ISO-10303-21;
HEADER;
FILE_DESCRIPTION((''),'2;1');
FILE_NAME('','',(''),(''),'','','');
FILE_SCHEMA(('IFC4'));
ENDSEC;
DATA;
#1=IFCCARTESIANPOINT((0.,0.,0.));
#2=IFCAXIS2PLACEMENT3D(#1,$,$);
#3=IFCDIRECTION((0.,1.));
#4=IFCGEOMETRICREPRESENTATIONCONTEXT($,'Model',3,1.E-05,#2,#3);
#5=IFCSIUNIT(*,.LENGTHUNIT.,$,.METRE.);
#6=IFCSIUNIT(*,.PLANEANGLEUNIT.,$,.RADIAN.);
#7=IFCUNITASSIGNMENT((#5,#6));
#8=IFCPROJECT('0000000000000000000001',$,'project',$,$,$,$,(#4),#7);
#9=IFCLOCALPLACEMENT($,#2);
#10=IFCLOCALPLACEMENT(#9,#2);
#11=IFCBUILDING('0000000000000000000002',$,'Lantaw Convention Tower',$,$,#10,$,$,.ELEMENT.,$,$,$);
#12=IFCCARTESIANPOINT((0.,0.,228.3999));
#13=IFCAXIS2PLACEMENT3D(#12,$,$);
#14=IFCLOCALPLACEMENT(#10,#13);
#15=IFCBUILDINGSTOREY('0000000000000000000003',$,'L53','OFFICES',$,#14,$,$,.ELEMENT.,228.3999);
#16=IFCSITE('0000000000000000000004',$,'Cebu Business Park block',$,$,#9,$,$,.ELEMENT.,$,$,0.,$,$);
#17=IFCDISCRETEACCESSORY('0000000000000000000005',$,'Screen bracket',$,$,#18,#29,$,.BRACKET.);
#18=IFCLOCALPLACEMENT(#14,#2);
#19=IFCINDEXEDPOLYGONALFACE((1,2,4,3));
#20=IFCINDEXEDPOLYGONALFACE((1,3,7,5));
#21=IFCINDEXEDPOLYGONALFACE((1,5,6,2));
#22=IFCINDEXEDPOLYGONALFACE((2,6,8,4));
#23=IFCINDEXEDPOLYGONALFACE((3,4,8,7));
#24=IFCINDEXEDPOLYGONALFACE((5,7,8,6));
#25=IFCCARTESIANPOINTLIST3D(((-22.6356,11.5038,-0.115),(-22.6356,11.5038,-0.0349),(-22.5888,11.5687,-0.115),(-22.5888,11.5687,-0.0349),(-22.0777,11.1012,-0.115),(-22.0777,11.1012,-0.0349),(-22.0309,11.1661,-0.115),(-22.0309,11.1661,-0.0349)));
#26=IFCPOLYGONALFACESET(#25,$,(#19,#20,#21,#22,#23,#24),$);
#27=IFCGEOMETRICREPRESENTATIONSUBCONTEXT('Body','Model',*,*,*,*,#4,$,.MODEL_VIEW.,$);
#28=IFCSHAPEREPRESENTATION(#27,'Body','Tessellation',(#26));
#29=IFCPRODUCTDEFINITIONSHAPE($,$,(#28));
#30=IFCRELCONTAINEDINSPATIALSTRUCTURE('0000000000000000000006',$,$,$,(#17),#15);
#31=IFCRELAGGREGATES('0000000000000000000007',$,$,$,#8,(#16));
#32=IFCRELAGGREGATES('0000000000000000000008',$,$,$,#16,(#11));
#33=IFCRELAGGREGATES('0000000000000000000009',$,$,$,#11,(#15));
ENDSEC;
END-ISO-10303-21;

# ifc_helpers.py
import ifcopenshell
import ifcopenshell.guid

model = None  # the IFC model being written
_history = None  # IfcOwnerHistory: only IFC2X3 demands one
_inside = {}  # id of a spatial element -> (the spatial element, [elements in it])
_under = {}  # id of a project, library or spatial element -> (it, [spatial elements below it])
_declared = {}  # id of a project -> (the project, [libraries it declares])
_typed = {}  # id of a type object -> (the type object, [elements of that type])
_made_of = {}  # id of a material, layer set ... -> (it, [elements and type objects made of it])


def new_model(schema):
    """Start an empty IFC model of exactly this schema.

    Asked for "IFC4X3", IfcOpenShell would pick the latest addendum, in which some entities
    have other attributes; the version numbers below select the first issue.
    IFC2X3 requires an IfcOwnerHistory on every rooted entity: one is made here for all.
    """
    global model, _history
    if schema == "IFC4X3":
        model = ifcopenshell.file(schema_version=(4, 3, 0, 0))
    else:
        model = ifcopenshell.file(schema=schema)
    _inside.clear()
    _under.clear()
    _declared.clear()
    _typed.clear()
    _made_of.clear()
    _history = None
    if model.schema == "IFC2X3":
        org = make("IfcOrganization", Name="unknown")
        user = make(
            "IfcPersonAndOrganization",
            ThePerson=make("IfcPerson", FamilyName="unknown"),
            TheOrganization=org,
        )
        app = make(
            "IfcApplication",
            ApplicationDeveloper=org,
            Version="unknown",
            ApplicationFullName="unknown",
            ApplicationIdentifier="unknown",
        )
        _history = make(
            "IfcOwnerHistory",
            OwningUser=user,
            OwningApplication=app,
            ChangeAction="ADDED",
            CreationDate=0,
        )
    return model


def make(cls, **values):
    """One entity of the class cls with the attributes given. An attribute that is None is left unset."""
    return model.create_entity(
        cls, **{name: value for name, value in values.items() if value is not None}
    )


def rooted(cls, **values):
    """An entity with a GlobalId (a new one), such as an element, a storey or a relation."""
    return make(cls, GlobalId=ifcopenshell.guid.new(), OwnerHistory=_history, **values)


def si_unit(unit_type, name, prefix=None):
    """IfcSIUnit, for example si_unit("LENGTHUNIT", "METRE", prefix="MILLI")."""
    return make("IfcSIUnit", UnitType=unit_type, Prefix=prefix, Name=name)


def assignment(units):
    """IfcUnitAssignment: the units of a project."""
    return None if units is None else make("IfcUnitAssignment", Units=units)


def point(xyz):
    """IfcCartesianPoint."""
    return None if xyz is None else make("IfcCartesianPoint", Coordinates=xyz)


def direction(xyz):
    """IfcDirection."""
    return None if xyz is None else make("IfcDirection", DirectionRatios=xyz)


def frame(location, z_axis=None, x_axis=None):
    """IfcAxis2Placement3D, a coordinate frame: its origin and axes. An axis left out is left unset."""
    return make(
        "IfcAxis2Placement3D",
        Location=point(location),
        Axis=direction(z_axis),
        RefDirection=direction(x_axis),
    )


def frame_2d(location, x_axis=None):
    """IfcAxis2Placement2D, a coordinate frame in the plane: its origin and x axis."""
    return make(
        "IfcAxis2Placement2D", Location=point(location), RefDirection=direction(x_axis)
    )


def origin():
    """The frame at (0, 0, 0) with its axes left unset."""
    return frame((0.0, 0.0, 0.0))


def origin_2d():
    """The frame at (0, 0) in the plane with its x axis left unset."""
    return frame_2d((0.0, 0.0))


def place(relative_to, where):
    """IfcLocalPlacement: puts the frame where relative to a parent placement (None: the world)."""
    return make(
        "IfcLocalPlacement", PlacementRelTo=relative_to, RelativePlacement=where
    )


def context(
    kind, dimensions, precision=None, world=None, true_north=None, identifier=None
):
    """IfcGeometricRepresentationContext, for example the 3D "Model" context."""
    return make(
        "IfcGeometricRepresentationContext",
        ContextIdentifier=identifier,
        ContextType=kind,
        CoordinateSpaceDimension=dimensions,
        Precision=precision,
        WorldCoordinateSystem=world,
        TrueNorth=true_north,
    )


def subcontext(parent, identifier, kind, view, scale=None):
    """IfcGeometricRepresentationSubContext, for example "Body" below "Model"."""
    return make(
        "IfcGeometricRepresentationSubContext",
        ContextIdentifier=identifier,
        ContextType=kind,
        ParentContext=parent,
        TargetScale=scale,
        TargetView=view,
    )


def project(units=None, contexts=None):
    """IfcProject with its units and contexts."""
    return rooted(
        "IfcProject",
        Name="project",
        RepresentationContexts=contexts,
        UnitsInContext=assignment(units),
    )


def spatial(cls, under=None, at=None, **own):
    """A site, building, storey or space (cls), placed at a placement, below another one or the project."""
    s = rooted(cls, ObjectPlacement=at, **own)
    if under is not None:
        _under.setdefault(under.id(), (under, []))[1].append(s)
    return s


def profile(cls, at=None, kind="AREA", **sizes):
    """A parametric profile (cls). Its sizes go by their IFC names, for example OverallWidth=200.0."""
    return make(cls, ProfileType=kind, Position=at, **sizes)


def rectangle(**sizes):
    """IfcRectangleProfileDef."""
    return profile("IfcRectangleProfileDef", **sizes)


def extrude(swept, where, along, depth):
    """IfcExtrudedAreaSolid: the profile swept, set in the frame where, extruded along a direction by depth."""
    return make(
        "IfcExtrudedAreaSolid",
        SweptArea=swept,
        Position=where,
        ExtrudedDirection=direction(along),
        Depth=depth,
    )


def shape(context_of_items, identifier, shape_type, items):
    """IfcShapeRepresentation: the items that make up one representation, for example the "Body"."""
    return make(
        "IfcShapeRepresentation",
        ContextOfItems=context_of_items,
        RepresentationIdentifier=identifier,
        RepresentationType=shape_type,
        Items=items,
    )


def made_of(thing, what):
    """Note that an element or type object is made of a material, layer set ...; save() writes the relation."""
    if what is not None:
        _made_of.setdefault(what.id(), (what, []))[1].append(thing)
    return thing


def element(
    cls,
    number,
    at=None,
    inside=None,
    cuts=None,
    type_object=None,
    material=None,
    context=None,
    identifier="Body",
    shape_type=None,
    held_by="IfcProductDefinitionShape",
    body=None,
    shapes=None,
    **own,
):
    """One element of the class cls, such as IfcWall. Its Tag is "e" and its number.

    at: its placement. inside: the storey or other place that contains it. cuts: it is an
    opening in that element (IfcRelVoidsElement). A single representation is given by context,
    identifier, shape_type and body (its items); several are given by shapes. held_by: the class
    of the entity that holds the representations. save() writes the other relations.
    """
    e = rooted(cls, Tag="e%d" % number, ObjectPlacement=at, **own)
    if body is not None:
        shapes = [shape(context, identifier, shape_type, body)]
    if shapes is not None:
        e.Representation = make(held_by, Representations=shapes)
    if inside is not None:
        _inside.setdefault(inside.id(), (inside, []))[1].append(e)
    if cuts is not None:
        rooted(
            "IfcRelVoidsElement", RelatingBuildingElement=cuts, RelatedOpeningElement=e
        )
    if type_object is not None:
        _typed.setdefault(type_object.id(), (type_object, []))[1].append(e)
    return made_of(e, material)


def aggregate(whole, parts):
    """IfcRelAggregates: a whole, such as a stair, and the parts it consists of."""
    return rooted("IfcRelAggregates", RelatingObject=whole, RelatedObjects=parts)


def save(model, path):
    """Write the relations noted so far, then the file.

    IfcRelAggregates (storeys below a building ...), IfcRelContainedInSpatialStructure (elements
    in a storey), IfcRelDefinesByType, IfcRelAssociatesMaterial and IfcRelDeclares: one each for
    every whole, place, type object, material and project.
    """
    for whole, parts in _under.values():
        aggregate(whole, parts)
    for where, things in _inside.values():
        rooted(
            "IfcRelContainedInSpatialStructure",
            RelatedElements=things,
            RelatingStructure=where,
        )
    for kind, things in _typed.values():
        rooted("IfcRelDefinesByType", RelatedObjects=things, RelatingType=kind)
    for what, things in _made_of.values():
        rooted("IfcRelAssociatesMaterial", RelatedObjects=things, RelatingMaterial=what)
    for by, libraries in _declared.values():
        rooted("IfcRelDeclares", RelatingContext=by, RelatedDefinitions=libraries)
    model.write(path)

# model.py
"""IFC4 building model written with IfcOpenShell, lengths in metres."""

from ifc_helpers import new_model, si_unit, direction, frame, origin, origin_2d, place, context, subcontext, project, spatial, rectangle, extrude, element, save


model = new_model("IFC4")

# Units and contexts
model_context = context("Model", 3, precision=1e-05, world=origin(), true_north=direction((0.0, 1.0)))
body_context = subcontext(model_context, "Body", "Model", "MODEL_VIEW")
ifc_project = project(units=[si_unit("LENGTHUNIT", "METRE"), si_unit("PLANEANGLEUNIT", "RADIAN")], contexts=[model_context])

# Site, building, storey
site_placement = place(None, origin())
site = spatial("IfcSite", under=ifc_project, at=site_placement, Name="Cebu Business Park block", CompositionType="ELEMENT", RefElevation=0.0)
building_placement = place(site_placement, origin())
building = spatial("IfcBuilding", under=site, at=building_placement, Name="Lantaw Convention Tower", CompositionType="ELEMENT")
storey_placement = place(building_placement, frame((0.0, 0.0, 228.3999)))
storey = spatial("IfcBuildingStorey", under=building, at=storey_placement, Name="L53", Description="OFFICES", CompositionType="ELEMENT", Elevation=228.3999)

# Discrete accessory
for number, where, z_axis, x_axis, name in (
    (1, (-22.3333, 11.335, -0.115), (0.0, 0.0, 1.0), (-0.585158, -0.81092, 0.0), "Screen bracket"),
):
    element("IfcDiscreteAccessory", number, at=place(storey_placement, frame(where, z_axis=z_axis, x_axis=x_axis)), inside=storey, Name=name, PredefinedType="BRACKET", context=body_context, shape_type="SweptSolid", body=[
        extrude(rectangle(XDim=0.0801, YDim=0.688, at=origin_2d()), origin(), (0.0, 0.0, 1.0), 0.0801),
    ])

save(model, "model.ifc")
